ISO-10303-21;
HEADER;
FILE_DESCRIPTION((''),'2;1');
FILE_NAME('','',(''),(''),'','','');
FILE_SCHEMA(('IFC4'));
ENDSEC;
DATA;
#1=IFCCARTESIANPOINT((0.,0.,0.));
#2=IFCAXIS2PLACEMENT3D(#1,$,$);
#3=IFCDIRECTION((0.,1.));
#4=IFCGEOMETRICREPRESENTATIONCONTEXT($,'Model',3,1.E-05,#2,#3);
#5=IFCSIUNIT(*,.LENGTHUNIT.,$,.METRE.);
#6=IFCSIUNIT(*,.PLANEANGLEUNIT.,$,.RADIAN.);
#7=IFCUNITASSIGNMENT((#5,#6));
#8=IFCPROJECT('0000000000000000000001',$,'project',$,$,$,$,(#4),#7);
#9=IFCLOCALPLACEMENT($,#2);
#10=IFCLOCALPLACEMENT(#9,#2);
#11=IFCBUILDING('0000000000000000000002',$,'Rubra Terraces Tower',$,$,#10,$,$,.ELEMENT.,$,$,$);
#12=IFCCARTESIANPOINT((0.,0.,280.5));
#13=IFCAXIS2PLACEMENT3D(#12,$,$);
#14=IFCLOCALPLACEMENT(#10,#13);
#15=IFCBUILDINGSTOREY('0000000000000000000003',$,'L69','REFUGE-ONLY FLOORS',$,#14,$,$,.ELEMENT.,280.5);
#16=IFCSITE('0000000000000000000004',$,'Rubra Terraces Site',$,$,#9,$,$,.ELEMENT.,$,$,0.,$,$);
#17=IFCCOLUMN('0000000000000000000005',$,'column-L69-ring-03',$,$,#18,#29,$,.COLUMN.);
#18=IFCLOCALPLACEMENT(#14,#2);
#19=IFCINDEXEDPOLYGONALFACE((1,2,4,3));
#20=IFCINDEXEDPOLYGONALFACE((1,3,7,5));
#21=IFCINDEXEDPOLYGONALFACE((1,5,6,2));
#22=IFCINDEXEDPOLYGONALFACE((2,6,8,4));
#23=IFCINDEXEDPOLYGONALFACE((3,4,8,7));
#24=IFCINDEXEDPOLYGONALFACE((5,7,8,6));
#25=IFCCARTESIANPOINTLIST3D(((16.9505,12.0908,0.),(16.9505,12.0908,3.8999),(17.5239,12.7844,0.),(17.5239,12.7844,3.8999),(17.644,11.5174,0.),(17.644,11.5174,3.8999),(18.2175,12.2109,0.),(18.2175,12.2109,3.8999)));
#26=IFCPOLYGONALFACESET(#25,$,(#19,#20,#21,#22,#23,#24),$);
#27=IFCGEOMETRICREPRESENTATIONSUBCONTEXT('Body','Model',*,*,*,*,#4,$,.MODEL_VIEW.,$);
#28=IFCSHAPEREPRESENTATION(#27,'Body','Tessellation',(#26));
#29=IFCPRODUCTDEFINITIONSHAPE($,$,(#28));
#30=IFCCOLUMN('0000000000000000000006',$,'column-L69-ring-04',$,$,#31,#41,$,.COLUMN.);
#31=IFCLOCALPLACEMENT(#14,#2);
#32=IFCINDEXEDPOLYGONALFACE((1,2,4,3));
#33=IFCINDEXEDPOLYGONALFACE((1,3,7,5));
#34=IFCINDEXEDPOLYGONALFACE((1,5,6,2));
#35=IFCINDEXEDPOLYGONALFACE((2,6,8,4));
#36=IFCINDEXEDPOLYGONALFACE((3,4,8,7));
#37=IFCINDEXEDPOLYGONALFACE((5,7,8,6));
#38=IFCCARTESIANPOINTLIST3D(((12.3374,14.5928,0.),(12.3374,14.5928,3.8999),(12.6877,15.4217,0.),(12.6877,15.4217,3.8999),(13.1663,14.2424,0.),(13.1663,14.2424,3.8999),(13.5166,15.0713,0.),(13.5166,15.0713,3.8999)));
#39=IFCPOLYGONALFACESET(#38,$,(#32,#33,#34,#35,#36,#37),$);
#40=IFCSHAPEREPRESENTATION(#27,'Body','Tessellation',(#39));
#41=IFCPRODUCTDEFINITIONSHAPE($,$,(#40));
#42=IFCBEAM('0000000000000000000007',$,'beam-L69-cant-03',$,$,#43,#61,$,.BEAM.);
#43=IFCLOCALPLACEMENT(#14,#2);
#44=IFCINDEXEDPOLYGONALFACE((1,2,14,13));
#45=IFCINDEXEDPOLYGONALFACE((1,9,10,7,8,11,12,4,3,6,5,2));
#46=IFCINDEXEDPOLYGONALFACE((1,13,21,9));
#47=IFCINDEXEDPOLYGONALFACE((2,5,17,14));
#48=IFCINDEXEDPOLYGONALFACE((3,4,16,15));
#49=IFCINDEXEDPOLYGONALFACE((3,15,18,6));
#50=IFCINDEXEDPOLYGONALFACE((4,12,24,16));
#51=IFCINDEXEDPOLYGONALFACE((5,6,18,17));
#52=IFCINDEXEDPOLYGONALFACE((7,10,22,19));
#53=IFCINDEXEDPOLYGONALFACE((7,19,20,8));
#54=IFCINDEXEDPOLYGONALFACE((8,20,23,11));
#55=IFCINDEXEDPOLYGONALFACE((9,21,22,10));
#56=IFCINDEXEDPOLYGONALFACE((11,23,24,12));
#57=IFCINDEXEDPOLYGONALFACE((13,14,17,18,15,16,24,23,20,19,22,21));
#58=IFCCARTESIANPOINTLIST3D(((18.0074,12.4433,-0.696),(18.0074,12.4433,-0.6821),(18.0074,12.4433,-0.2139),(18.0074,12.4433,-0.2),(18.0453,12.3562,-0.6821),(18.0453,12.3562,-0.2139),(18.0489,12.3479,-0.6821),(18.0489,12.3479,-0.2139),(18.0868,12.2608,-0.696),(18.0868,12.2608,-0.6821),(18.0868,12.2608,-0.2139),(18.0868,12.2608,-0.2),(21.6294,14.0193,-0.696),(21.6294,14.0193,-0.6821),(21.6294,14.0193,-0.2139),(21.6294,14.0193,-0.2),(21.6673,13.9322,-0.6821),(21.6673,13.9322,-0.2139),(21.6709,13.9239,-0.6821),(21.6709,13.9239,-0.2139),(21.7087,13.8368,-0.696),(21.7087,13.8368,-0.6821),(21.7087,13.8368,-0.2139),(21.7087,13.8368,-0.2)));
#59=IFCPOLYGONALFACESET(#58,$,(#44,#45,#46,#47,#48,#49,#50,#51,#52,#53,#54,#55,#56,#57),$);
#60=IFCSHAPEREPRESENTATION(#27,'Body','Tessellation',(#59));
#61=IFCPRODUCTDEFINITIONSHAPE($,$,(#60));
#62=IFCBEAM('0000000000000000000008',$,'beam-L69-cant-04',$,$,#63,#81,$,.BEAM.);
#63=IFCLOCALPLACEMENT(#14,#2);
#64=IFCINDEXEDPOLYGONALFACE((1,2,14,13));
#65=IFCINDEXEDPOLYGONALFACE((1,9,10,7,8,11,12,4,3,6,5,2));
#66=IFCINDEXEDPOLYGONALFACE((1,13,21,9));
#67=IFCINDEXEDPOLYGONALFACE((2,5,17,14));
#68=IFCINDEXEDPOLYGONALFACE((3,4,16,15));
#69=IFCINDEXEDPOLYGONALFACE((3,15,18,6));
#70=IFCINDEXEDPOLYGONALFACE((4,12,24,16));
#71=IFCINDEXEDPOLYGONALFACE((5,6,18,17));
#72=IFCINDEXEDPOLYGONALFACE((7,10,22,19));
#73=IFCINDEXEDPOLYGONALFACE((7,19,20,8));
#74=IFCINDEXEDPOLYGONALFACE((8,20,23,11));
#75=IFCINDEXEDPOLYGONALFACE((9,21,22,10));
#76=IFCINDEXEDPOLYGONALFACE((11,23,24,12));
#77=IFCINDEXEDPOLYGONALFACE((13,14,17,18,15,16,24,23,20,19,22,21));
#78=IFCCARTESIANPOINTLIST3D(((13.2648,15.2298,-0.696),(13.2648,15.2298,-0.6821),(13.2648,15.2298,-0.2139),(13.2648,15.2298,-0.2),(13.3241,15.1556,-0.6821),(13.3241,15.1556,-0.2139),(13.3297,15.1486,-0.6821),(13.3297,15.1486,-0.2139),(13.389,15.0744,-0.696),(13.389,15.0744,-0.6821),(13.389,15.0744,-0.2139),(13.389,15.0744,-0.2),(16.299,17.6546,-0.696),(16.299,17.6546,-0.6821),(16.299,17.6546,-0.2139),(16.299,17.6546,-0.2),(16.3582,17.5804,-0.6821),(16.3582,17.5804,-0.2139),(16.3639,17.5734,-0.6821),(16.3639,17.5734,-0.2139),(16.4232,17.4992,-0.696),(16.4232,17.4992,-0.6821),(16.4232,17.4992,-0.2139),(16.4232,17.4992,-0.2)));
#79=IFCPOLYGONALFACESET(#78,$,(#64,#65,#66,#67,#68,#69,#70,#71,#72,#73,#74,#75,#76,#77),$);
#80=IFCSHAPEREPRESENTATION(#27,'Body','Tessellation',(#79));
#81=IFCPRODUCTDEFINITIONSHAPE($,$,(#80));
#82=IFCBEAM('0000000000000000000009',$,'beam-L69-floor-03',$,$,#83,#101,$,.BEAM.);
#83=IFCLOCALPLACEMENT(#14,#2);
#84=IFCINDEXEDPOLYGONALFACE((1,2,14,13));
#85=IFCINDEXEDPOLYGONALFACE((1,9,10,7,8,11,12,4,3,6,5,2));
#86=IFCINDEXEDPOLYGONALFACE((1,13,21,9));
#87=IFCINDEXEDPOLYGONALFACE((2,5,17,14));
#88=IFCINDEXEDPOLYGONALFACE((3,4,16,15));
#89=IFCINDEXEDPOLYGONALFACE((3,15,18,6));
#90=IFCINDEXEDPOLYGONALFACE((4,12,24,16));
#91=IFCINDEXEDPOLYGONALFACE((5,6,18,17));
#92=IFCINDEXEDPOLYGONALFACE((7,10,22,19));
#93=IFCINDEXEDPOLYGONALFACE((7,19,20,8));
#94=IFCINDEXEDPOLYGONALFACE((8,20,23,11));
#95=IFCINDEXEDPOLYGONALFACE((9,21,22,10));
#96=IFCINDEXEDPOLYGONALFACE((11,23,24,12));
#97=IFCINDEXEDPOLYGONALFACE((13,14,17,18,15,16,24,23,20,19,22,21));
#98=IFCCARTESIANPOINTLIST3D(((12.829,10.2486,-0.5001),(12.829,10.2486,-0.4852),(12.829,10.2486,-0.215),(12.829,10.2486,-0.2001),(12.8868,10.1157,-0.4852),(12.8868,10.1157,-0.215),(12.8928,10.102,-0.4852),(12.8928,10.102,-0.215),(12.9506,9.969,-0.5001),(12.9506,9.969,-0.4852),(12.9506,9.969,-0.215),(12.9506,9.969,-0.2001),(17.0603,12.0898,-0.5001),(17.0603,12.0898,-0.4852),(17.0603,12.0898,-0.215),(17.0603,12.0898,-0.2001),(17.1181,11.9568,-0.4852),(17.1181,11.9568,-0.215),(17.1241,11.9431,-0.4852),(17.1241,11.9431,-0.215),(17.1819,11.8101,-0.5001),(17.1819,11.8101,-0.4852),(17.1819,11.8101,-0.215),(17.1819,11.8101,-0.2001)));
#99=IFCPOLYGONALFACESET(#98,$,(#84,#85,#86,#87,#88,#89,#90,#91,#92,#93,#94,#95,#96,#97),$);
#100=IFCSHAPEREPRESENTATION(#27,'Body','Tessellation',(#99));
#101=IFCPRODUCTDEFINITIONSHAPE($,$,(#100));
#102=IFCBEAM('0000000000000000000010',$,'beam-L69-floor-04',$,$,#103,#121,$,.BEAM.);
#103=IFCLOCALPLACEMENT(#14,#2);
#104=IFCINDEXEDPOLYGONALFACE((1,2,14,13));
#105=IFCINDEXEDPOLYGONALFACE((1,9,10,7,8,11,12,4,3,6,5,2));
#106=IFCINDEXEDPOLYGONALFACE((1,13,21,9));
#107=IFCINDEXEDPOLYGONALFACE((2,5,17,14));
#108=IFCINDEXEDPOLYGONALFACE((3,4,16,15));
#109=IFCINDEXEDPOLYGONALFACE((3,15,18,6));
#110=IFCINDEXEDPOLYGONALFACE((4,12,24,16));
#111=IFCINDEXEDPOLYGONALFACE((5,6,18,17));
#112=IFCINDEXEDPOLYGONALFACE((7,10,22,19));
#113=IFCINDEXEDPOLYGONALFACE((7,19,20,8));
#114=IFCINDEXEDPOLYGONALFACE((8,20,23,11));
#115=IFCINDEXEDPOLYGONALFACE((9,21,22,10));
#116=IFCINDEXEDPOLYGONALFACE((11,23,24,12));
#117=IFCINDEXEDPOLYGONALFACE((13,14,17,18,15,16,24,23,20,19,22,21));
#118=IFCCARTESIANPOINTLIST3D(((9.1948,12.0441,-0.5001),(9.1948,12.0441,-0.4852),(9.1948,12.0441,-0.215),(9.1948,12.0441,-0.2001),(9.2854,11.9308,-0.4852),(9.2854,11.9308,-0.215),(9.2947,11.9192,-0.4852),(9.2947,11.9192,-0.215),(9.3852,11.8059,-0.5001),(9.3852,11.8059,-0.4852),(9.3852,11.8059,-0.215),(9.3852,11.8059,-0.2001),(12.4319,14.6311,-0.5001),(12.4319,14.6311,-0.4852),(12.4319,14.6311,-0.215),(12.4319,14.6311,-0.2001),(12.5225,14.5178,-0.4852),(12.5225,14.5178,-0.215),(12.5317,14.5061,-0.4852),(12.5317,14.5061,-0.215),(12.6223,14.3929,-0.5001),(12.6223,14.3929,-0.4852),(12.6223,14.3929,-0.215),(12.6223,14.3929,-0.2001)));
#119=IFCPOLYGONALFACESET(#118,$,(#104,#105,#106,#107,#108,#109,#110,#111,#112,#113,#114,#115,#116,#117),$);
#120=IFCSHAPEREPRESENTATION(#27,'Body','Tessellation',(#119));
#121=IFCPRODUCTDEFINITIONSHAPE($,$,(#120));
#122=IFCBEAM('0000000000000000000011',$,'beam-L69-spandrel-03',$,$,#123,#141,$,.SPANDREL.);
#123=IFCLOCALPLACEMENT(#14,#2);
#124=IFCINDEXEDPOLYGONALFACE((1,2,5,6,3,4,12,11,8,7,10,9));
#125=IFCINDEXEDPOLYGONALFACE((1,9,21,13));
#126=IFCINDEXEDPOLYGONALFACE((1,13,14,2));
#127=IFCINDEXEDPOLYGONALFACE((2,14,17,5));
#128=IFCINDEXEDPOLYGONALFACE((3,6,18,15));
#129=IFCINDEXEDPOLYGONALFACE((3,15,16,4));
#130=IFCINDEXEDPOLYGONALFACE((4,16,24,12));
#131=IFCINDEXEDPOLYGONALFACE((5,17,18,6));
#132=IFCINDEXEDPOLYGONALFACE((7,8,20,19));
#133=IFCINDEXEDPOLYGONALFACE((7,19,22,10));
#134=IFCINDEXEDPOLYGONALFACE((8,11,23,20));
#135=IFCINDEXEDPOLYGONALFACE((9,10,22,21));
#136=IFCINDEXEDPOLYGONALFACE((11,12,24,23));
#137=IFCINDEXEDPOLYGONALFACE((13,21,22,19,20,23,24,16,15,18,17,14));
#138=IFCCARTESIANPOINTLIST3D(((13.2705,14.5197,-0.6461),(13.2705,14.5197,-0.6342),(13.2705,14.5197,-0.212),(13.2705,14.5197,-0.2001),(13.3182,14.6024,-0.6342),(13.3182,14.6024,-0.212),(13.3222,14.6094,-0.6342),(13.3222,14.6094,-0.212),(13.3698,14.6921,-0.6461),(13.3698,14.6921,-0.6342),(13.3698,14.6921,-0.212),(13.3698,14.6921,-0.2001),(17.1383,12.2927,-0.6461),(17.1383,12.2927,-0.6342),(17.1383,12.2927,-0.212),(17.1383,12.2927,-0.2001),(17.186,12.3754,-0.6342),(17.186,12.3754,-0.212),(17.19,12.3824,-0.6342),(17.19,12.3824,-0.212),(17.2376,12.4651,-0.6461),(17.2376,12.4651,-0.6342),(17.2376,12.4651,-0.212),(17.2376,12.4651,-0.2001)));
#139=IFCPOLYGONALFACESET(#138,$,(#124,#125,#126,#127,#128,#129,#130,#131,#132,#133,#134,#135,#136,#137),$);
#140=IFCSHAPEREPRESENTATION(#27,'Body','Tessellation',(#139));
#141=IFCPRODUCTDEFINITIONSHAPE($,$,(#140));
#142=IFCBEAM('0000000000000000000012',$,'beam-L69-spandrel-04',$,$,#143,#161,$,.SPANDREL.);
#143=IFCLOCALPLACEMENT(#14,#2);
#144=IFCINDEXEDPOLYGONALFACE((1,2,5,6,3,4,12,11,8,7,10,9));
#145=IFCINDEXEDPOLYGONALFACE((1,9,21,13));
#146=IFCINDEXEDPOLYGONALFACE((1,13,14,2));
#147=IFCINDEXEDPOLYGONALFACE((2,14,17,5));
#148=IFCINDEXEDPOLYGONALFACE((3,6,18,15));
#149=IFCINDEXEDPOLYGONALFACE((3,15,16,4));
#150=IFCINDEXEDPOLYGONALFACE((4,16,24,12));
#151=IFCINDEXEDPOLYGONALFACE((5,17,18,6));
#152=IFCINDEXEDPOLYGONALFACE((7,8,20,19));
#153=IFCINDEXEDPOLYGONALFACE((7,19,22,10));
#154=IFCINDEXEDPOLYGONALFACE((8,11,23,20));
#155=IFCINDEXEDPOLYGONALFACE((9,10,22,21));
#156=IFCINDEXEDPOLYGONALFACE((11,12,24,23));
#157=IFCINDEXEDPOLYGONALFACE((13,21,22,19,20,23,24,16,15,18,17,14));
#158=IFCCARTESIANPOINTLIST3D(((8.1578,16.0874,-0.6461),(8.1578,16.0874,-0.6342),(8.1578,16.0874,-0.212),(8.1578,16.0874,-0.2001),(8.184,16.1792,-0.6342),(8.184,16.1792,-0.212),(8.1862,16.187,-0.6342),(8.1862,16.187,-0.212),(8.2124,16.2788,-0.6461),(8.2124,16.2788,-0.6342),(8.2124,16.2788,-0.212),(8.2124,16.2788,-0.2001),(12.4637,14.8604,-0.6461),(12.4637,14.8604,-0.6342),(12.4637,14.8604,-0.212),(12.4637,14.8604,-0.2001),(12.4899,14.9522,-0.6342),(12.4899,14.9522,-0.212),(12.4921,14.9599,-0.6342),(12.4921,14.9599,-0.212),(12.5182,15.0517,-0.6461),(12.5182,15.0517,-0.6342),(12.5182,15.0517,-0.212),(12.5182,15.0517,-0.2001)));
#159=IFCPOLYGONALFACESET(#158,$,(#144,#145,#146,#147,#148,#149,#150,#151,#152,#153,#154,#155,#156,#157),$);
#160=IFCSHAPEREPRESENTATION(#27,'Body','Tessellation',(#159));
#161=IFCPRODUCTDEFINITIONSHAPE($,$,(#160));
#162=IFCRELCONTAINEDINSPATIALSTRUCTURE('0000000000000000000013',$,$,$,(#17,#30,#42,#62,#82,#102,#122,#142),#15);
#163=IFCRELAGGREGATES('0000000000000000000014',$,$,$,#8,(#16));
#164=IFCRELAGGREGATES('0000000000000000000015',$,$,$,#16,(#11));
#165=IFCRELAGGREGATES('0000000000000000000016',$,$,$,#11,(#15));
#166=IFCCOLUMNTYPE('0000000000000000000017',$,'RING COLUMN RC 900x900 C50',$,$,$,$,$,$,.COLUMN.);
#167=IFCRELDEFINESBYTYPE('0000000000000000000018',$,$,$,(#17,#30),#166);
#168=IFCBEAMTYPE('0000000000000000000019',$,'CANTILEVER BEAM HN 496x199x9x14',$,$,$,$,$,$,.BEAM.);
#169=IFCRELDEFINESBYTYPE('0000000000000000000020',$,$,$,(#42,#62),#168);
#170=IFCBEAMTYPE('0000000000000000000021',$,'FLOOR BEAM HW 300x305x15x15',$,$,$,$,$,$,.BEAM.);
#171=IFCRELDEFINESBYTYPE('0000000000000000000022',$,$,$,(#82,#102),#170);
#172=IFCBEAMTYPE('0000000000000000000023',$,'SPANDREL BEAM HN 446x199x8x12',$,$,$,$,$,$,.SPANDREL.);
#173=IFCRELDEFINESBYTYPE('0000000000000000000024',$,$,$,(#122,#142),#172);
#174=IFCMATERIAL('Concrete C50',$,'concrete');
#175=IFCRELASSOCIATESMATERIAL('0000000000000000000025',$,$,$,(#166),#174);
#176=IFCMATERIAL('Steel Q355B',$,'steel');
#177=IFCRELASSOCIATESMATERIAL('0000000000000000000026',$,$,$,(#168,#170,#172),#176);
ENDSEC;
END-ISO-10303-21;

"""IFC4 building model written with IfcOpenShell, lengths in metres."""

from ifc_helpers import new_model, si_unit, direction, frame, origin, origin_2d, place, context, subcontext, project, spatial, rectangle, i_section, extrude, material, material_profile, profile_set, type_object, element, save


model = new_model("IFC4")

# Units and contexts
model_context = context("Model", 3, precision=1e-05, world=origin(), true_north=direction((0.0, 1.0)))
body_context = subcontext(model_context, "Body", "Model", "MODEL_VIEW")
ifc_project = project(units=[si_unit("LENGTHUNIT", "METRE"), si_unit("PLANEANGLEUNIT", "RADIAN")], contexts=[model_context])

# Site, building, storey
site_placement = place(None, origin())
site = spatial("IfcSite", under=ifc_project, at=site_placement, Name="Rubra Terraces Site", CompositionType="ELEMENT", RefElevation=0.0)
building_placement = place(site_placement, origin())
building = spatial("IfcBuilding", under=site, at=building_placement, Name="Rubra Terraces Tower", CompositionType="ELEMENT")
storey_placement = place(building_placement, frame((0.0, 0.0, 280.5)))
storey = spatial("IfcBuildingStorey", under=building, at=storey_placement, Name="L69", Description="REFUGE-ONLY FLOORS", CompositionType="ELEMENT", Elevation=280.5)

# Columns
ifc_material_1 = material(Name="Concrete C50", Category="concrete")
ifc_material_profile_1 = material_profile(ifc_material_1, rectangle(XDim=0.8999, YDim=0.8999, at=origin_2d()), Name="RC 900x900")
ifc_profile_set_1 = profile_set([ifc_material_profile_1], Name="Concrete C50")
column_type = type_object("IfcColumnType", Name="RING COLUMN RC 900x900 C50", PredefinedType="COLUMN", material=ifc_profile_set_1)
for number, where, z_axis, x_axis, name in (
    (1, (17.584, 12.1509, 0.0), (0.0, 0.0, 1.0), (-0.770679, 0.637223, 0.0), "column-L69-ring-03"),
    (2, (12.927, 14.832, 0.0), (0.0, 0.0, 1.0), (-0.921106, 0.389313, 0.0), "column-L69-ring-04"),
):
    element("IfcColumn", number, at=place(storey_placement, frame(where, z_axis=z_axis, x_axis=x_axis)), inside=storey, type_object=column_type, Name=name, PredefinedType="COLUMN", context=body_context, shape_type="SweptSolid", body=[
        extrude(rectangle(XDim=0.8999, YDim=0.8999, at=origin_2d()), origin(), (0.0, 0.0, 1.0), 3.8999),
    ])

# Beams
ifc_material_2 = material(Name="Steel Q355B", Category="steel")
ifc_material_profile_2 = material_profile(ifc_material_2, i_section(OverallWidth=0.199, OverallDepth=0.4961, WebThickness=0.009, FlangeThickness=0.0139, at=origin_2d()), Name="HN 496x199x9x14")
ifc_profile_set_2 = profile_set([ifc_material_profile_2], Name="Steel Q355B")
beam_type_1 = type_object("IfcBeamType", Name="CANTILEVER BEAM HN 496x199x9x14", PredefinedType="BEAM", material=ifc_profile_set_2)
beam_1_placement = place(storey_placement, frame((18.0471, 12.3521, -0.448), z_axis=(0.916957, 0.398986, 0.0), x_axis=(-0.398986, 0.916957, 0.0)))
element("IfcBeam", 3, at=beam_1_placement, inside=storey, type_object=beam_type_1, Name="beam-L69-cant-03", PredefinedType="BEAM", context=body_context, shape_type="SweptSolid", body=[
    extrude(i_section(OverallWidth=0.199, OverallDepth=0.4961, WebThickness=0.009, FlangeThickness=0.0139, at=origin_2d()), origin(), (0.0, 0.0, 1.0), 3.95),
])
beam_2_placement = place(storey_placement, frame((13.3269, 15.1521, -0.448), z_axis=(0.781188, 0.624296, 0.0), x_axis=(-0.624296, 0.781188, 0.0)))
element("IfcBeam", 4, at=beam_2_placement, inside=storey, type_object=beam_type_1, Name="beam-L69-cant-04", PredefinedType="BEAM", context=body_context, shape_type="SweptSolid", body=[
    extrude(i_section(OverallWidth=0.199, OverallDepth=0.4961, WebThickness=0.009, FlangeThickness=0.0139, at=origin_2d()), origin(), (0.0, 0.0, 1.0), 3.884),
])
ifc_material_profile_3 = material_profile(ifc_material_2, i_section(OverallWidth=0.3049, OverallDepth=0.3, WebThickness=0.0149, FlangeThickness=0.0149, at=origin_2d()), Name="HW 300x305x15x15")
ifc_profile_set_3 = profile_set([ifc_material_profile_3], Name="Steel Q355B")
beam_type_2 = type_object("IfcBeamType", Name="FLOOR BEAM HW 300x305x15x15", PredefinedType="BEAM", material=ifc_profile_set_3)
beam_3_placement = place(storey_placement, frame((17.1211, 11.95, -0.3501), z_axis=(-0.916958, -0.398983, 0.0), x_axis=(0.398983, -0.916958, 0.0)))
element("IfcBeam", 5, at=beam_3_placement, inside=storey, type_object=beam_type_2, Name="beam-L69-floor-03", PredefinedType="BEAM", context=body_context, shape_type="SweptSolid", body=[
    extrude(i_section(OverallWidth=0.3049, OverallDepth=0.3, WebThickness=0.0149, FlangeThickness=0.0149, at=origin_2d()), origin(), (0.0, 0.0, 1.0), 4.6145),
])
beam_4_placement = place(storey_placement, frame((12.5271, 14.512, -0.3501), z_axis=(-0.781191, -0.624293, 0.0), x_axis=(0.624293, -0.781191, 0.0)))
element("IfcBeam", 6, at=beam_4_placement, inside=storey, type_object=beam_type_2, Name="beam-L69-floor-04", PredefinedType="BEAM", context=body_context, shape_type="SweptSolid", body=[
    extrude(i_section(OverallWidth=0.3049, OverallDepth=0.3, WebThickness=0.0149, FlangeThickness=0.0149, at=origin_2d()), origin(), (0.0, 0.0, 1.0), 4.1438),
])
ifc_material_profile_4 = material_profile(ifc_material_2, i_section(OverallWidth=0.199, OverallDepth=0.446, WebThickness=0.0081, FlangeThickness=0.012, at=origin_2d()), Name="HN 446x199x8x12")
ifc_profile_set_4 = profile_set([ifc_material_profile_4], Name="Steel Q355B")
beam_type_3 = type_object("IfcBeamType", Name="SPANDREL BEAM HN 446x199x8x12", PredefinedType="SPANDREL", material=ifc_profile_set_4)
beam_5_placement = place(storey_placement, frame((17.188, 12.3789, -0.4231), z_axis=(-0.866616, 0.498976, 0.0), x_axis=(-0.498976, -0.866616, 0.0)))
element("IfcBeam", 7, at=beam_5_placement, inside=storey, type_object=beam_type_3, Name="beam-L69-spandrel-03", PredefinedType="SPANDREL", context=body_context, shape_type="SweptSolid", body=[
    extrude(i_section(OverallWidth=0.199, OverallDepth=0.446, WebThickness=0.0081, FlangeThickness=0.012, at=origin_2d()), origin(), (0.0, 0.0, 1.0), 4.4631),
])
beam_6_placement = place(storey_placement, frame((12.491, 14.9561, -0.4231), z_axis=(-0.961713, 0.274058, 0.0), x_axis=(-0.274058, -0.961713, 0.0)))
element("IfcBeam", 8, at=beam_6_placement, inside=storey, type_object=beam_type_3, Name="beam-L69-spandrel-04", PredefinedType="SPANDREL", context=body_context, shape_type="SweptSolid", body=[
    extrude(i_section(OverallWidth=0.199, OverallDepth=0.446, WebThickness=0.0081, FlangeThickness=0.012, at=origin_2d()), origin(), (0.0, 0.0, 1.0), 4.4773),
])

save(model, "model.ifc")
